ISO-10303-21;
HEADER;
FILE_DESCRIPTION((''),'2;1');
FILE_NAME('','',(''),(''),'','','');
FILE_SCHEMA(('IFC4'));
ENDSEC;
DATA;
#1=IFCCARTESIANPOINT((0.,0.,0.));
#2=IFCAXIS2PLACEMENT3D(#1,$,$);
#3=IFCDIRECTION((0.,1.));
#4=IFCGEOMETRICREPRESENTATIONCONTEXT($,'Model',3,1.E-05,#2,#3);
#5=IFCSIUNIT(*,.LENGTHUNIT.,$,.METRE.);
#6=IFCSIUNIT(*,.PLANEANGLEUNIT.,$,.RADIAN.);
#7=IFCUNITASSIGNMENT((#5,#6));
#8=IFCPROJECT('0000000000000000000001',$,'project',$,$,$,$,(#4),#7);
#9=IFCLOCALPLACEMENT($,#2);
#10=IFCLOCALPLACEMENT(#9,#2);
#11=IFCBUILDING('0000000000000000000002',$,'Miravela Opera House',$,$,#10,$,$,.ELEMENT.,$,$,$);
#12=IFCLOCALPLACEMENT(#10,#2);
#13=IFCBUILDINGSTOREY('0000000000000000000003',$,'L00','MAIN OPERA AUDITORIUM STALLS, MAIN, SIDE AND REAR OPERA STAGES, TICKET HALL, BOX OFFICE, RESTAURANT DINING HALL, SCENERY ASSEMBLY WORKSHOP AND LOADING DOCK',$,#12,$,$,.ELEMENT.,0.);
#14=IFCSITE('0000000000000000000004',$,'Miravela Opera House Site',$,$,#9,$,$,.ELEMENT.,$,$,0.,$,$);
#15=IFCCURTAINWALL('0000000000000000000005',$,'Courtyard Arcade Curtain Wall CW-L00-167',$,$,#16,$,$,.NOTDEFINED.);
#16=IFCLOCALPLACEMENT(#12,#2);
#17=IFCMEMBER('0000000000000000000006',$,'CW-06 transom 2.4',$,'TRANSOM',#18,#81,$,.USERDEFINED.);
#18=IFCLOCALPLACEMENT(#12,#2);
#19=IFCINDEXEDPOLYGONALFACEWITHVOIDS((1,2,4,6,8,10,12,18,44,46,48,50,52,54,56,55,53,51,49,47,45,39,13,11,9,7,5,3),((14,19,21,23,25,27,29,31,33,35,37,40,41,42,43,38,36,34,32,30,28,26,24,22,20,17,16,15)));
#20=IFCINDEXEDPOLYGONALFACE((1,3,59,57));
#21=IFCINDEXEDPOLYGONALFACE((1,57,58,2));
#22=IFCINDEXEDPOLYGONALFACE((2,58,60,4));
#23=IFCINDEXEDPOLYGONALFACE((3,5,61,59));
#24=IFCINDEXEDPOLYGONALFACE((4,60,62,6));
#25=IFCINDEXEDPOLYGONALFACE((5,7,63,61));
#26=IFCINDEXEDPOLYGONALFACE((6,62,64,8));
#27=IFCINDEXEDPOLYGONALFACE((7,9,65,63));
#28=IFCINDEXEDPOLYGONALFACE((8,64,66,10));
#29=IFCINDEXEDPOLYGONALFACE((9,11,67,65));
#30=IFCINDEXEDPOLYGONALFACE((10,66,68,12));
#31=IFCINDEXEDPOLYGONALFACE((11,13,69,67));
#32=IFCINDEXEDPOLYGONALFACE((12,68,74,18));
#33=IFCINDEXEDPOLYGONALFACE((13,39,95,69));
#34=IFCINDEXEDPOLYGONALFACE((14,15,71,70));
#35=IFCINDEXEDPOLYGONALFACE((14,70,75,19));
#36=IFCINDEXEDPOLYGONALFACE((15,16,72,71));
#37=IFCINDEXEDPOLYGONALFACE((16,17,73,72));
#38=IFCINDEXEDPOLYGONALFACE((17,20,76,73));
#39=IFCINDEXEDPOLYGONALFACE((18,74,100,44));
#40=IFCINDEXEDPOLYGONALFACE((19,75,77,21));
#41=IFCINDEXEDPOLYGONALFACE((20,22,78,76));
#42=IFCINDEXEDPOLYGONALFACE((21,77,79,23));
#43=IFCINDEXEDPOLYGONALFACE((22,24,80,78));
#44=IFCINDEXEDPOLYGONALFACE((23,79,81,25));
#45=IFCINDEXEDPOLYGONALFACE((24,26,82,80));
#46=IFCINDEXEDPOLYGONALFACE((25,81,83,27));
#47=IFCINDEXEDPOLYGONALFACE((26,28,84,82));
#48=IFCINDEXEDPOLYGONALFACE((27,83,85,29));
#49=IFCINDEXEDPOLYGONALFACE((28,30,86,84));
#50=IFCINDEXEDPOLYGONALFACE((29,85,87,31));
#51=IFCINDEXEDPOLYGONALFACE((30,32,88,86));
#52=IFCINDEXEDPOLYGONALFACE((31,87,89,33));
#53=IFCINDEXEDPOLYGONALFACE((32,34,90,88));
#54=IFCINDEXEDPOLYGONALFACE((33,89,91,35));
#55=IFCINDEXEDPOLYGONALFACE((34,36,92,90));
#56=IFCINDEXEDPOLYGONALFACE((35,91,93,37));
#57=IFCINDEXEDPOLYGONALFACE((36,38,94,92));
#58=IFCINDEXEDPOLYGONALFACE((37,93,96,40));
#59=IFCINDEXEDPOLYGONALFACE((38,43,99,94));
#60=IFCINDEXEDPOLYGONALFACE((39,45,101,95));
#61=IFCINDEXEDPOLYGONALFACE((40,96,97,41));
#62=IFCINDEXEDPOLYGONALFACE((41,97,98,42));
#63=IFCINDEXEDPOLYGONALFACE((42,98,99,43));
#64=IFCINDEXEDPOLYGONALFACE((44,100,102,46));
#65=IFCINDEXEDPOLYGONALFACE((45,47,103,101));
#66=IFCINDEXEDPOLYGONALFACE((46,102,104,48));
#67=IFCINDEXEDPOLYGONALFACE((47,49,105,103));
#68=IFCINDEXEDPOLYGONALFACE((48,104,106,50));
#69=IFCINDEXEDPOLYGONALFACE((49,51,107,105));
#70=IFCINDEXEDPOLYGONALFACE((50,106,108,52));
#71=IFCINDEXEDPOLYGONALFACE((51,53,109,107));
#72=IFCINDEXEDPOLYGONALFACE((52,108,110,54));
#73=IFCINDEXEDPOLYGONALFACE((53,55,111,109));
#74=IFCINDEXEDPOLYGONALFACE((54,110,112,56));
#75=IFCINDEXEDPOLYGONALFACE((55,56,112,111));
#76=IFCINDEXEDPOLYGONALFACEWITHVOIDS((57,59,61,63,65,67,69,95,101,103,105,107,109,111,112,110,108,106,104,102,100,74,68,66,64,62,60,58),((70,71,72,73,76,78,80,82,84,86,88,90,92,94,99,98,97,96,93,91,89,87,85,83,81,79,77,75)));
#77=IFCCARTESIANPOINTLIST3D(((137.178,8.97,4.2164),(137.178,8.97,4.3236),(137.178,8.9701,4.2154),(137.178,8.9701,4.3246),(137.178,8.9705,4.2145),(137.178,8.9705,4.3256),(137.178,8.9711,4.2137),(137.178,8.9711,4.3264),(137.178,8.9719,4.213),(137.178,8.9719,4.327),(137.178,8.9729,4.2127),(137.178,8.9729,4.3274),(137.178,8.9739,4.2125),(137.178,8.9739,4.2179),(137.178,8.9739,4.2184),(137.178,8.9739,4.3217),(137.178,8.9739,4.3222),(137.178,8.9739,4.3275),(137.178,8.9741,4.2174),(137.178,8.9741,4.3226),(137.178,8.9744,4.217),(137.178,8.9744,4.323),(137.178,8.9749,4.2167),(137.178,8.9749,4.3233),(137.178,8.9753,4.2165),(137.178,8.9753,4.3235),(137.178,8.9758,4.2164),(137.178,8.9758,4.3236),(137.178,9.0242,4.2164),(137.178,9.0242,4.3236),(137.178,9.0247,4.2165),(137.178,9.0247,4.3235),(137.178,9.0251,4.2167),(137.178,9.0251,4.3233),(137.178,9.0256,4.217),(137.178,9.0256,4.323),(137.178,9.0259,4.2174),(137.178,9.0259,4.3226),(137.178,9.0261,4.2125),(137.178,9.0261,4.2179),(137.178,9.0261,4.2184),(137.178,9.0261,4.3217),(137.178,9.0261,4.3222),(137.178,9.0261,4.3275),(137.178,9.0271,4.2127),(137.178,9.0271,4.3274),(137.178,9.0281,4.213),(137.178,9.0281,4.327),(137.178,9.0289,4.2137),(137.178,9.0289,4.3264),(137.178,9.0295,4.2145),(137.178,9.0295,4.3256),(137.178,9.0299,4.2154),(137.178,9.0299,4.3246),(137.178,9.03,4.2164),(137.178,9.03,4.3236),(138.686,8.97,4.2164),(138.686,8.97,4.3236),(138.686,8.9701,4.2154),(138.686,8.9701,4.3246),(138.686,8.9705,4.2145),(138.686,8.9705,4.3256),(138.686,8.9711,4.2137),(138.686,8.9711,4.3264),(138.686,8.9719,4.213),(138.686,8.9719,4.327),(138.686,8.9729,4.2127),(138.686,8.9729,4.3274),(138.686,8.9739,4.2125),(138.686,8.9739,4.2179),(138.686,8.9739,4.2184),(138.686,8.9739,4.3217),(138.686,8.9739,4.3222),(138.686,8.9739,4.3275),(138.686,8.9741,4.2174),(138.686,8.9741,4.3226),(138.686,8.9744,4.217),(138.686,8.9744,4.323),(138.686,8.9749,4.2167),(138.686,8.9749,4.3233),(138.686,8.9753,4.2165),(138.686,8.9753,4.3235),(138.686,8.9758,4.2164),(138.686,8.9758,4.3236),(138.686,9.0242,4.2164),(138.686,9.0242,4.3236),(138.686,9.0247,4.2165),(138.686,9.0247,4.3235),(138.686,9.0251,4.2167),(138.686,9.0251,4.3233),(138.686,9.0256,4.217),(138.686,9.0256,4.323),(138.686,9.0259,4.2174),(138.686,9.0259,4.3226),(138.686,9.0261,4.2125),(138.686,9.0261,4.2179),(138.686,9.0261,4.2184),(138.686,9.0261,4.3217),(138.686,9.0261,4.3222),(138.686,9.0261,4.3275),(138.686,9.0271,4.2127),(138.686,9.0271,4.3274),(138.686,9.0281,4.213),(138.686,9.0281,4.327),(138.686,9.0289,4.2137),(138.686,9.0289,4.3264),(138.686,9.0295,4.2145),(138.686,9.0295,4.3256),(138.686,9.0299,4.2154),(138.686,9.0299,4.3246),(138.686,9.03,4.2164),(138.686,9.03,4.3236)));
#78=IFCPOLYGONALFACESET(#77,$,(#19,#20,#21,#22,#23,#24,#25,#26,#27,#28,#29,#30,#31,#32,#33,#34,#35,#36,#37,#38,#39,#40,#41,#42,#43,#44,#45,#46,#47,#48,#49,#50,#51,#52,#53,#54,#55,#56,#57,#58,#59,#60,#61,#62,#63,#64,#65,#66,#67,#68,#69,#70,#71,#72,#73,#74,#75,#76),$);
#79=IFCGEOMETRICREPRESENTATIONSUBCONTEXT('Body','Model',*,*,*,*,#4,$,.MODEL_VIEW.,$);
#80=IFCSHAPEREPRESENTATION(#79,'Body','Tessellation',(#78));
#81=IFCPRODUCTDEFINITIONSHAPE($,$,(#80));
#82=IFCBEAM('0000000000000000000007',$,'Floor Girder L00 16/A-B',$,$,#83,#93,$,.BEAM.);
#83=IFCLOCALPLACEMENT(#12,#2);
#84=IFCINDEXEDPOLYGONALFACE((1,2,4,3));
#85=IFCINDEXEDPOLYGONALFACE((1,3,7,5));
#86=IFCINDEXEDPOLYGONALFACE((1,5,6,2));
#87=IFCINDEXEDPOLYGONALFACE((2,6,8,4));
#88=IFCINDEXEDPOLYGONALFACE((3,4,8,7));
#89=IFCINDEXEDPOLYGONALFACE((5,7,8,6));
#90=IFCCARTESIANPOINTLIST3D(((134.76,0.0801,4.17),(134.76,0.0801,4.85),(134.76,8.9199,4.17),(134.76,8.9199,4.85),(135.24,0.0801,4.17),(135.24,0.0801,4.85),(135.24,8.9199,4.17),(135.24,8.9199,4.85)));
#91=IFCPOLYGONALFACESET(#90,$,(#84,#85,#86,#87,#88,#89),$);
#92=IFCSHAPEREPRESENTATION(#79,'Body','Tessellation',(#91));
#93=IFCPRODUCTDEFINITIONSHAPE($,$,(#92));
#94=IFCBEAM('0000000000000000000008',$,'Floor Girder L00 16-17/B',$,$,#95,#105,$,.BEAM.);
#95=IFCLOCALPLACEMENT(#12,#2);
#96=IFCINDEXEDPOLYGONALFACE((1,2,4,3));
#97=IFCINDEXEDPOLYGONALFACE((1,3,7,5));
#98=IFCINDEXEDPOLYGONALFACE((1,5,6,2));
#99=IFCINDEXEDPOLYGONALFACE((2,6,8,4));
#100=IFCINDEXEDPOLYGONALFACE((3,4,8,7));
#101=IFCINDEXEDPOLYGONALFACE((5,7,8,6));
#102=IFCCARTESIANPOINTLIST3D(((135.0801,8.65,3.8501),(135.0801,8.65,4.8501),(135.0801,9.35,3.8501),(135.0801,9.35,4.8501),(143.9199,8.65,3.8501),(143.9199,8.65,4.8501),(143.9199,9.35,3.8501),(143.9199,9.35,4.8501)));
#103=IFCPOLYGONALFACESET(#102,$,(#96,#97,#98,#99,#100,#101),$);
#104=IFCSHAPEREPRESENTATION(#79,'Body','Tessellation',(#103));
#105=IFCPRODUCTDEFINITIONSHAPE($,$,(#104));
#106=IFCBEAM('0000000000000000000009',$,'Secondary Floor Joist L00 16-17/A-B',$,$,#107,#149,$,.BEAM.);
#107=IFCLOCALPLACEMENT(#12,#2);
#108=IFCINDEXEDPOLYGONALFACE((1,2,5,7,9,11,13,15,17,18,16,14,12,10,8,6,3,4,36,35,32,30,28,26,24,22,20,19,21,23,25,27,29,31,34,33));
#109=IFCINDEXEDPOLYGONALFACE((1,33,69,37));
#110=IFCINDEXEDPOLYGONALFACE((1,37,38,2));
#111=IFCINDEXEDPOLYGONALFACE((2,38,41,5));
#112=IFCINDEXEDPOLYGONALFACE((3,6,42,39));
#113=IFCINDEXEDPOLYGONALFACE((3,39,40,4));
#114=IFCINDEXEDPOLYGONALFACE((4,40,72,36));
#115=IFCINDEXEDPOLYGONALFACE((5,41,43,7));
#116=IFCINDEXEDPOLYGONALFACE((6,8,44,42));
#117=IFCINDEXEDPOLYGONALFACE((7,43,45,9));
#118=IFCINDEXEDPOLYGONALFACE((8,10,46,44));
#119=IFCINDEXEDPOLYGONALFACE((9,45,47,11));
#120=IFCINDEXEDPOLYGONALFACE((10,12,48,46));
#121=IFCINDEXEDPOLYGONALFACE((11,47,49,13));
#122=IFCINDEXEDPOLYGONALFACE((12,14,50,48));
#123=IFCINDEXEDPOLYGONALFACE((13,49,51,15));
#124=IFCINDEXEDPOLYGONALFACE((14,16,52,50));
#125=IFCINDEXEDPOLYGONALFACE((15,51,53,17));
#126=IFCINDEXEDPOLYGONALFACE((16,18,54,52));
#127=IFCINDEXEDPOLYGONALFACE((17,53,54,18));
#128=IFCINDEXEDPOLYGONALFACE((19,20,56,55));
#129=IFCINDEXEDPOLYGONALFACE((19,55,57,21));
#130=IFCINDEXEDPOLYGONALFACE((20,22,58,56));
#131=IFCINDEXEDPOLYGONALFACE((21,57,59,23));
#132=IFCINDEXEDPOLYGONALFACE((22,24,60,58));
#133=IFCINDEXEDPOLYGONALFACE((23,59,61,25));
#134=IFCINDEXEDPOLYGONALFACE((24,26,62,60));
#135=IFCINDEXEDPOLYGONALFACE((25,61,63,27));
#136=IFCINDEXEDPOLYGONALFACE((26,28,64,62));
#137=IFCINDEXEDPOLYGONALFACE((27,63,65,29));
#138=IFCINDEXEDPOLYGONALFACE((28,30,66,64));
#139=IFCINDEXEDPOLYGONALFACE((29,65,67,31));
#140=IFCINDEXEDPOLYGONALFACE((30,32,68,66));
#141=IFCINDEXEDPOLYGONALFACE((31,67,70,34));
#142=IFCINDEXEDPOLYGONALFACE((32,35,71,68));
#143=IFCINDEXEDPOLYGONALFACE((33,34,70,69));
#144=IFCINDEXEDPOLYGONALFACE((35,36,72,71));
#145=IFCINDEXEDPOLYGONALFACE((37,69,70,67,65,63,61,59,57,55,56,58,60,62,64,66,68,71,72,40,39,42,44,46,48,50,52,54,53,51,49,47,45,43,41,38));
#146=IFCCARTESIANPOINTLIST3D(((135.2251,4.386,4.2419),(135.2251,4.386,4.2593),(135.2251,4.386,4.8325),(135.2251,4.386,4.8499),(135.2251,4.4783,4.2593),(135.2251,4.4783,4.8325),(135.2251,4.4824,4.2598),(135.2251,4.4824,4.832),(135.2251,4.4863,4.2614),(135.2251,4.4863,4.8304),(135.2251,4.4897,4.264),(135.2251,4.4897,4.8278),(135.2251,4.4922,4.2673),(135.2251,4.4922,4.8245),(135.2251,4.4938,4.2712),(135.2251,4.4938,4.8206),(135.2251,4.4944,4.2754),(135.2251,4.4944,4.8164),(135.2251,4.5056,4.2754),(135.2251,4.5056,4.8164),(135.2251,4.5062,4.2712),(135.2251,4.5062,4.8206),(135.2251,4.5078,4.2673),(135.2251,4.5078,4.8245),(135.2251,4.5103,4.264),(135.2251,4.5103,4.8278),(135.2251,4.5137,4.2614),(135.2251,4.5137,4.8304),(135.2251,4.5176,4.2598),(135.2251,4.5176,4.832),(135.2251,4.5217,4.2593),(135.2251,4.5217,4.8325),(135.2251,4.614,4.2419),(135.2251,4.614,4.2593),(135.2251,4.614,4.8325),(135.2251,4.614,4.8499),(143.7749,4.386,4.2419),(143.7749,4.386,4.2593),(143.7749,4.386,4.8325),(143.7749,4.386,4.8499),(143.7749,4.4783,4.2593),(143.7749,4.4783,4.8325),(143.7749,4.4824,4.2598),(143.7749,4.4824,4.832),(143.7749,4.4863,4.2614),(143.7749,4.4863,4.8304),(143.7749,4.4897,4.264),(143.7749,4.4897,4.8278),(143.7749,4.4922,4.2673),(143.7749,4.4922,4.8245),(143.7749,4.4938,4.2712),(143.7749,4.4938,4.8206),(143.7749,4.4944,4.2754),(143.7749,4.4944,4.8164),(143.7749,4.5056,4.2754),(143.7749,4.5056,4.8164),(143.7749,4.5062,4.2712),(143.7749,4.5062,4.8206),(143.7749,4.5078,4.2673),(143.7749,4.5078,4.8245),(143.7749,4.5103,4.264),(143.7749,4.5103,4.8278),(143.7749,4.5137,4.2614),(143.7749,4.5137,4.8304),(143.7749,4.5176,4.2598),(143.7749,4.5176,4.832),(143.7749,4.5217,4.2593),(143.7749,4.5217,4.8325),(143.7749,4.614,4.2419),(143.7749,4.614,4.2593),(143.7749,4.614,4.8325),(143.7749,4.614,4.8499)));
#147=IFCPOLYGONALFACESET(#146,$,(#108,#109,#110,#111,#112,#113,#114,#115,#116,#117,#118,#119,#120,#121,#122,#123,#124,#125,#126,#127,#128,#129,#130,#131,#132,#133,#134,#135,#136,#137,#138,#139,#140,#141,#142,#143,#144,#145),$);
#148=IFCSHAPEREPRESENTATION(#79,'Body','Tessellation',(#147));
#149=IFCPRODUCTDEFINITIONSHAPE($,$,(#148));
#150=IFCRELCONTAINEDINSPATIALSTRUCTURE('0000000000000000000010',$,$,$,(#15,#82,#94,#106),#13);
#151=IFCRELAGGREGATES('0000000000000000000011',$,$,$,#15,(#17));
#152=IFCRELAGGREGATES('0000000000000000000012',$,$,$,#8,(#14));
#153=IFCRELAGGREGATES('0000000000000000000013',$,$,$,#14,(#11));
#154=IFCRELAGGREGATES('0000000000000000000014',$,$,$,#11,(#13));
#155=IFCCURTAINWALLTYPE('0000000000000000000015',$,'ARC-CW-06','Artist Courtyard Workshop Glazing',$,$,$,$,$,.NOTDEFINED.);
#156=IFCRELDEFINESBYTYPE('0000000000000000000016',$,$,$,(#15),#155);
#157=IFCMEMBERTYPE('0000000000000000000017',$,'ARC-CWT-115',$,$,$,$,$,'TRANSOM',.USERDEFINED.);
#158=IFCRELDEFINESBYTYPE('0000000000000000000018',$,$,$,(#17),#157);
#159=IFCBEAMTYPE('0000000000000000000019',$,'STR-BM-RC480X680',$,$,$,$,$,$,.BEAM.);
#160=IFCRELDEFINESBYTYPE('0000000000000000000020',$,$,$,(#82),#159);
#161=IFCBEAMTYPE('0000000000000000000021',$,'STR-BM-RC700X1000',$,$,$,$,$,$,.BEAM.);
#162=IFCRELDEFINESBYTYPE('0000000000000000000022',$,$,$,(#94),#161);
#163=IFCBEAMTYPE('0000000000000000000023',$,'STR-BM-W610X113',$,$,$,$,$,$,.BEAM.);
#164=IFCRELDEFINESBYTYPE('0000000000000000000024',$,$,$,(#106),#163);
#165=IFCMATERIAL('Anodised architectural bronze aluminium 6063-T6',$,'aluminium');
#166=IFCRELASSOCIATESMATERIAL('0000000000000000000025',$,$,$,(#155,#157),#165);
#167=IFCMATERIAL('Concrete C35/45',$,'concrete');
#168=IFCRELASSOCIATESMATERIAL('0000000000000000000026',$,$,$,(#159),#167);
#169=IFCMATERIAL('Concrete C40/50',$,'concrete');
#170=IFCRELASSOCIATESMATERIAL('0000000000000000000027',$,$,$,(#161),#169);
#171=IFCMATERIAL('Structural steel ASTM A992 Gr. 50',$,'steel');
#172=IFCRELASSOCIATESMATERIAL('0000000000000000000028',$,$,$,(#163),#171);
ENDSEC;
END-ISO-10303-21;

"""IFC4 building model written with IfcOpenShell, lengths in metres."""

from ifc_helpers import new_model, si_unit, direction, frame, origin, origin_2d, place, context, subcontext, project, spatial, rectangle, hollow_rectangle, i_section, extrude, material, material_profile, profile_set, type_object, element, aggregate, save


model = new_model("IFC4")

# Units and contexts
model_context = context("Model", 3, precision=1e-05, world=origin(), true_north=direction((0.0, 1.0)))
body_context = subcontext(model_context, "Body", "Model", "MODEL_VIEW")
ifc_project = project(units=[si_unit("LENGTHUNIT", "METRE"), si_unit("PLANEANGLEUNIT", "RADIAN")], contexts=[model_context])

# Site, building, storey
site_placement = place(None, origin())
site = spatial("IfcSite", under=ifc_project, at=site_placement, Name="Miravela Opera House Site", CompositionType="ELEMENT", RefElevation=0.0)
building_placement = place(site_placement, origin())
building = spatial("IfcBuilding", under=site, at=building_placement, Name="Miravela Opera House", CompositionType="ELEMENT")
storey_placement = place(building_placement, origin())
storey = spatial("IfcBuildingStorey", under=building, at=storey_placement, Name="L00", Description="MAIN OPERA AUDITORIUM STALLS, MAIN, SIDE AND REAR OPERA STAGES, TICKET HALL, BOX OFFICE, RESTAURANT DINING HALL, SCENERY ASSEMBLY WORKSHOP AND LOADING DOCK", CompositionType="ELEMENT", Elevation=0.0)

# Shared definitions
ifc_material_1 = material(Name="Concrete C35/45", Category="concrete")

# Shared definitions
ifc_material_2 = material(Name="Anodised architectural bronze aluminium 6063-T6", Category="aluminium")
curtain_wall_type = type_object("IfcCurtainWallType", Name="ARC-CW-06", Description="Artist Courtyard Workshop Glazing", PredefinedType="NOTDEFINED", material=ifc_material_2)

# Curtain wall, member
curtain_wall_1_placement = place(storey_placement, origin())
curtain_wall_1 = element("IfcCurtainWall", 1, at=curtain_wall_1_placement, inside=storey, type_object=curtain_wall_type, Name="Courtyard Arcade Curtain Wall CW-L00-167", PredefinedType="NOTDEFINED")
ifc_material_profile_1 = material_profile(ifc_material_2, hollow_rectangle(XDim=0.0601, YDim=0.115, WallThickness=0.0039, InnerFilletRadius=0.002, OuterFilletRadius=0.0039, at=origin_2d()), Name="CWT-60X115")
ifc_profile_set_1 = profile_set([ifc_material_profile_1])
member_type_1 = type_object("IfcMemberType", Name="ARC-CWT-115", ElementType="TRANSOM", PredefinedType="USERDEFINED", material=ifc_profile_set_1)
member_1_placement = place(storey_placement, frame((137.178, 9.0, 4.27), z_axis=(1.0, 0.0, 0.0), x_axis=(0.0, 1.0, 0.0)))
member_1 = element("IfcMember", 2, at=member_1_placement, type_object=member_type_1, Name="CW-06 transom 2.4", ObjectType="TRANSOM", PredefinedType="USERDEFINED", context=body_context, shape_type="SweptSolid", body=[
    extrude(hollow_rectangle(XDim=0.0601, YDim=0.115, WallThickness=0.0039, InnerFilletRadius=0.002, OuterFilletRadius=0.0039, at=origin_2d()), origin(), (0.0, 0.0, 1.0), 1.5081),
])

# Beams
ifc_material_profile_2 = material_profile(ifc_material_1, rectangle(XDim=0.48, YDim=0.6799, at=origin_2d()), Name="RC-BM-480X680")
ifc_profile_set_2 = profile_set([ifc_material_profile_2])
beam_type_1 = type_object("IfcBeamType", Name="STR-BM-RC480X680", PredefinedType="BEAM", material=ifc_profile_set_2)
beam_1_placement = place(storey_placement, frame((135.0, 0.0801, 4.51), z_axis=(0.0, 1.0, 0.0), x_axis=(-1.0, 0.0, 0.0)))
element("IfcBeam", 3, at=beam_1_placement, inside=storey, type_object=beam_type_1, Name="Floor Girder L00 16/A-B", PredefinedType="BEAM", context=body_context, shape_type="SweptSolid", body=[
    extrude(rectangle(XDim=0.48, YDim=0.6799, at=origin_2d()), origin(), (0.0, 0.0, 1.0), 8.8398),
])
ifc_material_3 = material(Name="Concrete C40/50", Category="concrete")
ifc_material_profile_3 = material_profile(ifc_material_3, rectangle(XDim=0.7, YDim=1.0, at=origin_2d()), Name="RC-BM-700X1000")
ifc_profile_set_3 = profile_set([ifc_material_profile_3])
beam_type_2 = type_object("IfcBeamType", Name="STR-BM-RC700X1000", PredefinedType="BEAM", material=ifc_profile_set_3)
beam_2_placement = place(storey_placement, frame((135.0801, 9.0, 4.3501), z_axis=(1.0, 0.0, 0.0), x_axis=(0.0, 1.0, 0.0)))
element("IfcBeam", 4, at=beam_2_placement, inside=storey, type_object=beam_type_2, Name="Floor Girder L00 16-17/B", PredefinedType="BEAM", context=body_context, shape_type="SweptSolid", body=[
    extrude(rectangle(XDim=0.7, YDim=1.0, at=origin_2d()), origin(), (0.0, 0.0, 1.0), 8.8398),
])
ifc_material_4 = material(Name="Structural steel ASTM A992 Gr. 50", Category="steel")
ifc_material_profile_4 = material_profile(ifc_material_4, i_section(OverallWidth=0.228, OverallDepth=0.6079, WebThickness=0.0112, FlangeThickness=0.0173, FilletRadius=0.0161, at=origin_2d()), Name="W610X113")
ifc_profile_set_4 = profile_set([ifc_material_profile_4])
beam_type_3 = type_object("IfcBeamType", Name="STR-BM-W610X113", PredefinedType="BEAM", material=ifc_profile_set_4)
beam_3_placement = place(storey_placement, frame((135.2251, 4.5, 4.5459), z_axis=(1.0, 0.0, 0.0), x_axis=(0.0, 1.0, 0.0)))
element("IfcBeam", 5, at=beam_3_placement, inside=storey, type_object=beam_type_3, Name="Secondary Floor Joist L00 16-17/A-B", PredefinedType="BEAM", context=body_context, shape_type="SweptSolid", body=[
    extrude(i_section(OverallWidth=0.228, OverallDepth=0.6079, WebThickness=0.0112, FlangeThickness=0.0173, FilletRadius=0.0161, at=origin_2d()), origin(), (0.0, 0.0, 1.0), 8.5498),
])

aggregate(curtain_wall_1, [member_1])

save(model, "model.ifc")
